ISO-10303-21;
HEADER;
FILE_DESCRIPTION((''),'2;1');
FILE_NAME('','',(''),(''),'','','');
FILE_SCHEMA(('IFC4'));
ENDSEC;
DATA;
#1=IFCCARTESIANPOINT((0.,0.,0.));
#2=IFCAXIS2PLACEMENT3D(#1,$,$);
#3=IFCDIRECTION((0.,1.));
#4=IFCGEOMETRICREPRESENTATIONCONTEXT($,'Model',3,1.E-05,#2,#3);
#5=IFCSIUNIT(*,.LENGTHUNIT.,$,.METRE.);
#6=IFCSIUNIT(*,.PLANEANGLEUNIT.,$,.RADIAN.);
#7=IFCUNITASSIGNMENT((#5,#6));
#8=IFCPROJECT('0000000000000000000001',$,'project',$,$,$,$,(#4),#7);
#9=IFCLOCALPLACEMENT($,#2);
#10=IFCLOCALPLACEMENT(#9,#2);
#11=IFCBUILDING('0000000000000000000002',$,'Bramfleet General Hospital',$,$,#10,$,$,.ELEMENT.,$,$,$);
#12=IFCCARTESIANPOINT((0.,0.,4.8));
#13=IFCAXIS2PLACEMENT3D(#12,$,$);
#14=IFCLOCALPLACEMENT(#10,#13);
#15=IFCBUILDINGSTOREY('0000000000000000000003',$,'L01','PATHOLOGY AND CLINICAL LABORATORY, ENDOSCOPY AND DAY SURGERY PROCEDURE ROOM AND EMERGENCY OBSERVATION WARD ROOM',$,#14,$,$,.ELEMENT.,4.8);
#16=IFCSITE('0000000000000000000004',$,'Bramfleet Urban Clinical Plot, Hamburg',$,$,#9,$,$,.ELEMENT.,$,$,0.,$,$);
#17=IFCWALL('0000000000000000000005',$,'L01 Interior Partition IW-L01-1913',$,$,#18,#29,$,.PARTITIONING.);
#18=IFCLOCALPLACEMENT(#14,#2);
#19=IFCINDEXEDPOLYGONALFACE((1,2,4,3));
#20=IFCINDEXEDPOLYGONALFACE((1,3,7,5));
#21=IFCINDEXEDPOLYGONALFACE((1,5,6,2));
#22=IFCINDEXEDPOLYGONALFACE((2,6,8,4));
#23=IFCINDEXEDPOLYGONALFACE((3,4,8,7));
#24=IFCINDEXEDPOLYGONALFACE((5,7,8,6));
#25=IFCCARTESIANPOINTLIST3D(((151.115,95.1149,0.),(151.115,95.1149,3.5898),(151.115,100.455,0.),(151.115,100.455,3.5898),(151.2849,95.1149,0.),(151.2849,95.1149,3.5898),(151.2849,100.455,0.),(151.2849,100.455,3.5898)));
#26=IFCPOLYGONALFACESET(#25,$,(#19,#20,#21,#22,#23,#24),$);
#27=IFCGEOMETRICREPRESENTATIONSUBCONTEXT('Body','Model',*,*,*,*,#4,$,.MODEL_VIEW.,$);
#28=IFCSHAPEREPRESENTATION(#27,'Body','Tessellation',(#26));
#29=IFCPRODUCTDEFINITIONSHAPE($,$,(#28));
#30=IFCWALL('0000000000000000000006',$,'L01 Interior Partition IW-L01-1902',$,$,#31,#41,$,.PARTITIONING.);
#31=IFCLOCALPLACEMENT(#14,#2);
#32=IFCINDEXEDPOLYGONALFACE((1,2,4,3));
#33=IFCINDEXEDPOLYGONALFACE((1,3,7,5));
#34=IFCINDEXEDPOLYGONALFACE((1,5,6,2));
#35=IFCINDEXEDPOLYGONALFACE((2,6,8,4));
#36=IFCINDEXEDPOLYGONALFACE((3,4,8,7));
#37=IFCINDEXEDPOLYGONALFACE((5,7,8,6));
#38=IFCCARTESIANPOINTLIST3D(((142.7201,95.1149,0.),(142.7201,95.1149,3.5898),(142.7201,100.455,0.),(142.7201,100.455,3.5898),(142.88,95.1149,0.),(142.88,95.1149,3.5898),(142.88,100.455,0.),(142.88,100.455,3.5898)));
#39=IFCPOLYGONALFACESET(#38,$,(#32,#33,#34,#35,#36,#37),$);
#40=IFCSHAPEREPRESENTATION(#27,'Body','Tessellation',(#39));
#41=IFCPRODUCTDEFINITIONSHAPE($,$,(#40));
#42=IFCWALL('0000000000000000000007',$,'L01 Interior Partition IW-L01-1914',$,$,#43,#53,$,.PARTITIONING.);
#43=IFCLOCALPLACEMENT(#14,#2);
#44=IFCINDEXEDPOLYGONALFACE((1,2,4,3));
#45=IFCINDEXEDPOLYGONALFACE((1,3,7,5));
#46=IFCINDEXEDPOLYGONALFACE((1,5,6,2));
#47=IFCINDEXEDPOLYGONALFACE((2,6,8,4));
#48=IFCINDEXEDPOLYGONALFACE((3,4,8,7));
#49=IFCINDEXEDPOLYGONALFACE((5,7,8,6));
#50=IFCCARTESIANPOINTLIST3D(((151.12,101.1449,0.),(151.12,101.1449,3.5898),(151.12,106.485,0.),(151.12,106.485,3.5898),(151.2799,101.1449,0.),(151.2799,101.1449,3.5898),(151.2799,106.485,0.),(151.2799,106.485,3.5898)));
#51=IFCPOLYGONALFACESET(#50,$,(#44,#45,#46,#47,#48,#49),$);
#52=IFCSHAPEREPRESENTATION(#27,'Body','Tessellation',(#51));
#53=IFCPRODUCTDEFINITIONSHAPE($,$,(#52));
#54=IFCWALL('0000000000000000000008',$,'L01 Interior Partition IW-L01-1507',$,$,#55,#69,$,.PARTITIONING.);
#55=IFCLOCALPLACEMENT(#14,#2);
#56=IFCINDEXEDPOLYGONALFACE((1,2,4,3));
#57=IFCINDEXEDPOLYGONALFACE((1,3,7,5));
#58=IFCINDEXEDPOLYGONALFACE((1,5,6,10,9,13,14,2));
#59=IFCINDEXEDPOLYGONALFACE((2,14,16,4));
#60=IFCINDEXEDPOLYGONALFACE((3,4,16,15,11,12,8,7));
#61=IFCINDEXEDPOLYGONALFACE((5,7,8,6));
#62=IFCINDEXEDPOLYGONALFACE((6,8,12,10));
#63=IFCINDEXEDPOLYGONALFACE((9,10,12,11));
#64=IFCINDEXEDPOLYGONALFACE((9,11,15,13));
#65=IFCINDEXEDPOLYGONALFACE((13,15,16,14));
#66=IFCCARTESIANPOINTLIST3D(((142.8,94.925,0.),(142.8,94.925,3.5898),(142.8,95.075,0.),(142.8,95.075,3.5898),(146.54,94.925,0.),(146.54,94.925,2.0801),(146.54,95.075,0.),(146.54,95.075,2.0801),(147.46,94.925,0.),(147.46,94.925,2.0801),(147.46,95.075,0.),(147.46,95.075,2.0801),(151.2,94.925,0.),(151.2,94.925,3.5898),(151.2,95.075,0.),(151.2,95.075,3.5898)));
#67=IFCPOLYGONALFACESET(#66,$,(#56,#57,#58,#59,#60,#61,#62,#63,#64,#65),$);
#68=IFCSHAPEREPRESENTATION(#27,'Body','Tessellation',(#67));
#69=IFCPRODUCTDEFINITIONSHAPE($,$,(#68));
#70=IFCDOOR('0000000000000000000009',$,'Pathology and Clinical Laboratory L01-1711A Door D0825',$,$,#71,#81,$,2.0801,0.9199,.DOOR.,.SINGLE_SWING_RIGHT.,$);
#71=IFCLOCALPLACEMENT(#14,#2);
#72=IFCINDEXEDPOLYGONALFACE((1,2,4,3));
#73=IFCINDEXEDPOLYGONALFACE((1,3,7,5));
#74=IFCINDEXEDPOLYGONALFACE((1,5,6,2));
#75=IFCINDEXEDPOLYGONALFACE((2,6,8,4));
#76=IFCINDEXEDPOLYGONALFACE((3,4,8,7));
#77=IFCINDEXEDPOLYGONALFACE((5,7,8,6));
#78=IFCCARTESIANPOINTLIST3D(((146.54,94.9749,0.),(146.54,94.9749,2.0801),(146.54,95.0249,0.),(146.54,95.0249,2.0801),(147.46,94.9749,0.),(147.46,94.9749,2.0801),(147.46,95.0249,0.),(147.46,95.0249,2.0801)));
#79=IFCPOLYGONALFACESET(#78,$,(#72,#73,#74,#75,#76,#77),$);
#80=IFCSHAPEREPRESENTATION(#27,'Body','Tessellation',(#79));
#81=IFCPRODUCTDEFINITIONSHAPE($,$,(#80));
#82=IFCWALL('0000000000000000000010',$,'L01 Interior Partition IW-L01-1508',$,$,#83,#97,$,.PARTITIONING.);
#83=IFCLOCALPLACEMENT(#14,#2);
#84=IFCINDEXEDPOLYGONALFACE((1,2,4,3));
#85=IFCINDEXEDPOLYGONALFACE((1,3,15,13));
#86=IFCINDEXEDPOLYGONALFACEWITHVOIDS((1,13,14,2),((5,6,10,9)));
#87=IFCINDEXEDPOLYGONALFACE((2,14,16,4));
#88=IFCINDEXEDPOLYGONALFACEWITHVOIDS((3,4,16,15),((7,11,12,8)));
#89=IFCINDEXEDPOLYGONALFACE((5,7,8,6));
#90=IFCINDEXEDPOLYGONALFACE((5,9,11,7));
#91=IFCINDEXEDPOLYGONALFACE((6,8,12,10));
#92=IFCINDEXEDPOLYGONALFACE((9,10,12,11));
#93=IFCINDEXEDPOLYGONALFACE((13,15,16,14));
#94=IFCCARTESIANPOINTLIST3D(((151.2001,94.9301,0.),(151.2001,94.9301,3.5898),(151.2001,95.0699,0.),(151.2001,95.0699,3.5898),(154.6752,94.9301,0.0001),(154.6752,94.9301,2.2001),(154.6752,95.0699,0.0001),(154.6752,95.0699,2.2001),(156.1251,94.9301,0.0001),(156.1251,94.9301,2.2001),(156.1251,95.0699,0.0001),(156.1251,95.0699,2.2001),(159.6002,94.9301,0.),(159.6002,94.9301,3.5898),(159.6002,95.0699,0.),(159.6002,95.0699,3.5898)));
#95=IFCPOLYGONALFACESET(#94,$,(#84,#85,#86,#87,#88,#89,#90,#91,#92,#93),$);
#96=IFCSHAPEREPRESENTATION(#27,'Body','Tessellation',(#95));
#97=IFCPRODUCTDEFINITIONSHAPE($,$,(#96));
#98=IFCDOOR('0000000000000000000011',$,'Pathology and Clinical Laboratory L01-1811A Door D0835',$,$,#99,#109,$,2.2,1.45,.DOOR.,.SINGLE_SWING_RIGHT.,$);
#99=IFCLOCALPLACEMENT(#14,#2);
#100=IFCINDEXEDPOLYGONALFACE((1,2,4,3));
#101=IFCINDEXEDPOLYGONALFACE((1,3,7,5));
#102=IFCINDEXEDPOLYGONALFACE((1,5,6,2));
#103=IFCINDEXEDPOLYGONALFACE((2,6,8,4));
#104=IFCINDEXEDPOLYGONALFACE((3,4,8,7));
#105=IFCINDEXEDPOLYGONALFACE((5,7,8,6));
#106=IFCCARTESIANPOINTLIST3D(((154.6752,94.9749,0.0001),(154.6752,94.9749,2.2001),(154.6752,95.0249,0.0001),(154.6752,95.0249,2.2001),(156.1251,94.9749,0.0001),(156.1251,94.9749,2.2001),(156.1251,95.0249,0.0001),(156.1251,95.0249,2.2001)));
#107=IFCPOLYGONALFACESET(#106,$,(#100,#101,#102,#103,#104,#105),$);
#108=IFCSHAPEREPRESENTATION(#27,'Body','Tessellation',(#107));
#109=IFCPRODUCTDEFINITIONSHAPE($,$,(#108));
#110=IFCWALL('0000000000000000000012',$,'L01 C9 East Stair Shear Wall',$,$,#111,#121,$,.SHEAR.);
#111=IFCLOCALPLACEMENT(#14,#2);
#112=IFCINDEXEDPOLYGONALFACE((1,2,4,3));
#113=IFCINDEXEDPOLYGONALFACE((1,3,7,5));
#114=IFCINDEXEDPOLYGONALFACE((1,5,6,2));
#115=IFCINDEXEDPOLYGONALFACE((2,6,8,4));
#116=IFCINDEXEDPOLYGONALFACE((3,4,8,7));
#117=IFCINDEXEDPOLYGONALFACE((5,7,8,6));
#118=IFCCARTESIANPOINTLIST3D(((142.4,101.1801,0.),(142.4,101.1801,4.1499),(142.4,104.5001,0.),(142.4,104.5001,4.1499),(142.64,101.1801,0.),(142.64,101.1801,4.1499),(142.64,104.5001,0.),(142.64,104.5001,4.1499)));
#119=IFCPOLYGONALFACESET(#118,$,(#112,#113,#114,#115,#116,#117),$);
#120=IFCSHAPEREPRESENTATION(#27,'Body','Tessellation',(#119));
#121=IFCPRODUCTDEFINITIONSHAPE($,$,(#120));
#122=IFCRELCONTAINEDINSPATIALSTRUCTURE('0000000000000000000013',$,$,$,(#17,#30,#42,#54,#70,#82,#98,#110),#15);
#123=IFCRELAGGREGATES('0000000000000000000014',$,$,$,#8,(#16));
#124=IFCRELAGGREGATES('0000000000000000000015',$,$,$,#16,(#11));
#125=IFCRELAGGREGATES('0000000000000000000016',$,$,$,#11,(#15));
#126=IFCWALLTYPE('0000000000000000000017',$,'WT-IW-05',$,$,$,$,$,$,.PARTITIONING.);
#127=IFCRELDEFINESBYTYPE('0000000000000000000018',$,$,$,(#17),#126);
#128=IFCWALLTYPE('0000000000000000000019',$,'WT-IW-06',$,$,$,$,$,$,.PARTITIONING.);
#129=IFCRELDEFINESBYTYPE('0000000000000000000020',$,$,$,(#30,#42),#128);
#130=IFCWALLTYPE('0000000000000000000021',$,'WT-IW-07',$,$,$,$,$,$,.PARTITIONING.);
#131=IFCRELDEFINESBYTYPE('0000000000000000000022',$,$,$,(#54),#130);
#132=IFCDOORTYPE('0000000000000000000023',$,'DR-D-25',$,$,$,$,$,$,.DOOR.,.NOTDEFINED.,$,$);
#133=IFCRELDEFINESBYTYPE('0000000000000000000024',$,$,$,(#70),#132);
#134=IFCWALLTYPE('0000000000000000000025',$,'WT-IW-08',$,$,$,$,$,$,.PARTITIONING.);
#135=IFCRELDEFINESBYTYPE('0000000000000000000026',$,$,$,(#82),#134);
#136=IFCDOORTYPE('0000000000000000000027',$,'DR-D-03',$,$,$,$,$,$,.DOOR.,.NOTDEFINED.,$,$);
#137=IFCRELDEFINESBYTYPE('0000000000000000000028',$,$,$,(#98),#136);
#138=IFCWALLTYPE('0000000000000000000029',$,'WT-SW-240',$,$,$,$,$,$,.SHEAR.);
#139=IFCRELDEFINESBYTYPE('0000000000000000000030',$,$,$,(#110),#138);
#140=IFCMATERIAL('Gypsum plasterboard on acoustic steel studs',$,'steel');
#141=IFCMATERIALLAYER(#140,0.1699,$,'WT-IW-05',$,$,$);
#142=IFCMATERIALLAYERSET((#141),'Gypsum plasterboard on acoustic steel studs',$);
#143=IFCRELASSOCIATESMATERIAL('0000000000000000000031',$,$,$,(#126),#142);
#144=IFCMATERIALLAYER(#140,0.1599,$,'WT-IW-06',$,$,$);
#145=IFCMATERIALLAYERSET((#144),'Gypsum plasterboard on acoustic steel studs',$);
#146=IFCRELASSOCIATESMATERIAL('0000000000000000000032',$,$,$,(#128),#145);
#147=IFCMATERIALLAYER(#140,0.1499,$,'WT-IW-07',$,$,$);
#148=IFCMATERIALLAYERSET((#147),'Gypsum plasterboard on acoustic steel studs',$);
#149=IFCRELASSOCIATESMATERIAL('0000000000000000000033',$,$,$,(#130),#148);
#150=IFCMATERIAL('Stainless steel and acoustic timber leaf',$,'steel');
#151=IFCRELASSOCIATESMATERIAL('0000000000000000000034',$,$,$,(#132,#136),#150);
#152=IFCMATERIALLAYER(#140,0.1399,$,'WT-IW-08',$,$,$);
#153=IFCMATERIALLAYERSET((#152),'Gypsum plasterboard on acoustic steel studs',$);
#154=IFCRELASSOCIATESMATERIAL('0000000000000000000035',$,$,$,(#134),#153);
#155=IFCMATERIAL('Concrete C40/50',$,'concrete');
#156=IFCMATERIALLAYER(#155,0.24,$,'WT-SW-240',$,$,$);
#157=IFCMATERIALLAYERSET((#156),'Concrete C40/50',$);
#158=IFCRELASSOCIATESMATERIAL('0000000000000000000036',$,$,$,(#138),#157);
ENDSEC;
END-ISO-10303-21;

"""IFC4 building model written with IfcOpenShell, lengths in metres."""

from ifc_helpers import new_model, si_unit, direction, frame, frame_2d, origin, place, context, subcontext, project, spatial, rectangle, extrude, material, layer, layer_set, type_object, element, fill, save


model = new_model("IFC4")

# Units and contexts
model_context = context("Model", 3, precision=1e-05, world=origin(), true_north=direction((0.0, 1.0)))
body_context = subcontext(model_context, "Body", "Model", "MODEL_VIEW")
ifc_project = project(units=[si_unit("LENGTHUNIT", "METRE"), si_unit("PLANEANGLEUNIT", "RADIAN")], contexts=[model_context])

# Site, building, storey
site_placement = place(None, origin())
site = spatial("IfcSite", under=ifc_project, at=site_placement, Name="Bramfleet Urban Clinical Plot, Hamburg", CompositionType="ELEMENT", RefElevation=0.0)
building_placement = place(site_placement, origin())
building = spatial("IfcBuilding", under=site, at=building_placement, Name="Bramfleet General Hospital", CompositionType="ELEMENT")
storey_placement = place(building_placement, frame((0.0, 0.0, 4.8)))
storey = spatial("IfcBuildingStorey", under=building, at=storey_placement, Name="L01", Description="PATHOLOGY AND CLINICAL LABORATORY, ENDOSCOPY AND DAY SURGERY PROCEDURE ROOM AND EMERGENCY OBSERVATION WARD ROOM", CompositionType="ELEMENT", Elevation=4.8)

# Shared definitions
ifc_material_1 = material(Name="Concrete C40/50", Category="concrete")

# Shared definitions
ifc_material_2 = material(Name="Stainless steel and acoustic timber leaf", Category="steel")

# Walls
ifc_material_3 = material(Name="Gypsum plasterboard on acoustic steel studs", Category="steel")
ifc_layer_1 = layer(ifc_material_3, 0.1699, Name="WT-IW-05")
ifc_layer_set_1 = layer_set([ifc_layer_1], Name="Gypsum plasterboard on acoustic steel studs")
wall_type_1 = type_object("IfcWallType", Name="WT-IW-05", PredefinedType="PARTITIONING", material=ifc_layer_set_1)
wall_1_placement = place(storey_placement, frame((151.2, 95.115, 0.0), z_axis=(0.0, 0.0, 1.0), x_axis=(0.0, 1.0, 0.0)))
element("IfcWall", 1, at=wall_1_placement, inside=storey, type_object=wall_type_1, Name="L01 Interior Partition IW-L01-1913", PredefinedType="PARTITIONING", context=body_context, shape_type="SweptSolid", body=[
    extrude(rectangle(XDim=5.3401, YDim=0.1699, at=frame_2d((2.6699, 0.0))), origin(), (0.0, 0.0, 1.0), 3.5898),
])
ifc_layer_2 = layer(ifc_material_3, 0.1599, Name="WT-IW-06")
ifc_layer_set_2 = layer_set([ifc_layer_2], Name="Gypsum plasterboard on acoustic steel studs")
wall_type_2 = type_object("IfcWallType", Name="WT-IW-06", PredefinedType="PARTITIONING", material=ifc_layer_set_2)
for number, where, z_axis, x_axis, name in (
    (2, (142.8, 95.115, 0.0), (0.0, 0.0, 1.0), (0.0, 1.0, 0.0), "L01 Interior Partition IW-L01-1902"),
    (3, (151.2, 101.145, 0.0), (0.0, 0.0, 1.0), (0.0, 1.0, 0.0), "L01 Interior Partition IW-L01-1914"),
):
    element("IfcWall", number, at=place(storey_placement, frame(where, z_axis=z_axis, x_axis=x_axis)), inside=storey, type_object=wall_type_2, Name=name, PredefinedType="PARTITIONING", context=body_context, shape_type="SweptSolid", body=[
        extrude(rectangle(XDim=5.3401, YDim=0.1599, at=frame_2d((2.6699, 0.0))), origin(), (0.0, 0.0, 1.0), 3.5898),
    ])

# Walls, openings, doors
ifc_layer_3 = layer(ifc_material_3, 0.1499, Name="WT-IW-07")
ifc_layer_set_3 = layer_set([ifc_layer_3], Name="Gypsum plasterboard on acoustic steel studs")
wall_type_3 = type_object("IfcWallType", Name="WT-IW-07", PredefinedType="PARTITIONING", material=ifc_layer_set_3)
wall_2_placement = place(storey_placement, frame((142.8, 95.0, 0.0), z_axis=(0.0, 0.0, 1.0), x_axis=(1.0, 0.0, 0.0)))
wall_2 = element("IfcWall", 4, at=wall_2_placement, inside=storey, type_object=wall_type_3, Name="L01 Interior Partition IW-L01-1507", PredefinedType="PARTITIONING", context=body_context, shape_type="SweptSolid", body=[
    extrude(rectangle(XDim=8.3999, YDim=0.1499, at=frame_2d((4.2, 0.0))), origin(), (0.0, 0.0, 1.0), 3.5898),
])
opening_1_placement = place(wall_2_placement, frame((3.74, 0.0, 0.0)))
opening_1 = element("IfcOpeningElement", 5, at=opening_1_placement, cuts=wall_2, PredefinedType="OPENING", context=body_context, shape_type="SweptSolid", body=[
    extrude(rectangle(XDim=0.9199, YDim=2.0801, at=frame_2d((0.46, 1.04))), frame((0.0, 0.085, 0.0), z_axis=(0.0, -1.0, 0.0), x_axis=(1.0, 0.0, 0.0)), (0.0, 0.0, 1.0), 0.1699),
])
door_type_1 = type_object("IfcDoorType", Name="DR-D-25", OperationType="NOTDEFINED", PredefinedType="DOOR", material=ifc_material_2)
door_1_placement = place(opening_1_placement, origin())
door_1 = element("IfcDoor", 6, at=door_1_placement, inside=storey, type_object=door_type_1, Name="Pathology and Clinical Laboratory L01-1711A Door D0825", OperationType="SINGLE_SWING_RIGHT", OverallHeight=2.0801, OverallWidth=0.9199, PredefinedType="DOOR", context=body_context, shape_type="SweptSolid", body=[
    extrude(rectangle(XDim=0.9199, YDim=2.0801, at=frame_2d((0.46, 1.04))), frame((0.0, 0.0249, 0.0), z_axis=(0.0, -1.0, 0.0), x_axis=(1.0, 0.0, 0.0)), (0.0, 0.0, 1.0), 0.05),
])
fill(opening_1, door_1)
ifc_layer_4 = layer(ifc_material_3, 0.1399, Name="WT-IW-08")
ifc_layer_set_4 = layer_set([ifc_layer_4], Name="Gypsum plasterboard on acoustic steel studs")
wall_type_4 = type_object("IfcWallType", Name="WT-IW-08", PredefinedType="PARTITIONING", material=ifc_layer_set_4)
wall_3_placement = place(storey_placement, frame((151.2, 95.0, 0.0), z_axis=(0.0, 0.0, 1.0), x_axis=(1.0, 0.0, 0.0)))
wall_3 = element("IfcWall", 7, at=wall_3_placement, inside=storey, type_object=wall_type_4, Name="L01 Interior Partition IW-L01-1508", PredefinedType="PARTITIONING", context=body_context, shape_type="SweptSolid", body=[
    extrude(rectangle(XDim=8.4001, YDim=0.1399, at=frame_2d((4.2002, 0.0))), origin(), (0.0, 0.0, 1.0), 3.5898),
])
opening_2_placement = place(wall_3_placement, frame((3.4751, 0.0, 0.0)))
opening_2 = element("IfcOpeningElement", 8, at=opening_2_placement, cuts=wall_3, PredefinedType="OPENING", context=body_context, shape_type="SweptSolid", body=[
    extrude(rectangle(XDim=1.45, YDim=2.2, at=frame_2d((0.7251, 1.1001))), frame((0.0, 0.0798, 0.0), z_axis=(0.0, -1.0, 0.0), x_axis=(1.0, 0.0, 0.0)), (0.0, 0.0, 1.0), 0.1599),
])
door_type_2 = type_object("IfcDoorType", Name="DR-D-03", OperationType="NOTDEFINED", PredefinedType="DOOR", material=ifc_material_2)
door_2_placement = place(opening_2_placement, origin())
door_2 = element("IfcDoor", 9, at=door_2_placement, inside=storey, type_object=door_type_2, Name="Pathology and Clinical Laboratory L01-1811A Door D0835", OperationType="SINGLE_SWING_RIGHT", OverallHeight=2.2, OverallWidth=1.45, PredefinedType="DOOR", context=body_context, shape_type="SweptSolid", body=[
    extrude(rectangle(XDim=1.45, YDim=2.2, at=frame_2d((0.7251, 1.1001))), frame((0.0, 0.0249, 0.0), z_axis=(0.0, -1.0, 0.0), x_axis=(1.0, 0.0, 0.0)), (0.0, 0.0, 1.0), 0.05),
])
fill(opening_2, door_2)

# Wall
ifc_layer_5 = layer(ifc_material_1, 0.24, Name="WT-SW-240")
ifc_layer_set_5 = layer_set([ifc_layer_5], Name="Concrete C40/50")
wall_type_5 = type_object("IfcWallType", Name="WT-SW-240", PredefinedType="SHEAR", material=ifc_layer_set_5)
wall_4_placement = place(storey_placement, frame((142.52, 101.1799, 0.0), z_axis=(0.0, 0.0, 1.0), x_axis=(0.0, 1.0, 0.0)))
element("IfcWall", 10, at=wall_4_placement, inside=storey, type_object=wall_type_5, Name="L01 C9 East Stair Shear Wall", PredefinedType="SHEAR", context=body_context, shape_type="SweptSolid", body=[
    extrude(rectangle(XDim=3.3201, YDim=0.24, at=frame_2d((1.6602, 0.0))), origin(), (0.0, 0.0, 1.0), 4.1499),
])

save(model, "model.ifc")
